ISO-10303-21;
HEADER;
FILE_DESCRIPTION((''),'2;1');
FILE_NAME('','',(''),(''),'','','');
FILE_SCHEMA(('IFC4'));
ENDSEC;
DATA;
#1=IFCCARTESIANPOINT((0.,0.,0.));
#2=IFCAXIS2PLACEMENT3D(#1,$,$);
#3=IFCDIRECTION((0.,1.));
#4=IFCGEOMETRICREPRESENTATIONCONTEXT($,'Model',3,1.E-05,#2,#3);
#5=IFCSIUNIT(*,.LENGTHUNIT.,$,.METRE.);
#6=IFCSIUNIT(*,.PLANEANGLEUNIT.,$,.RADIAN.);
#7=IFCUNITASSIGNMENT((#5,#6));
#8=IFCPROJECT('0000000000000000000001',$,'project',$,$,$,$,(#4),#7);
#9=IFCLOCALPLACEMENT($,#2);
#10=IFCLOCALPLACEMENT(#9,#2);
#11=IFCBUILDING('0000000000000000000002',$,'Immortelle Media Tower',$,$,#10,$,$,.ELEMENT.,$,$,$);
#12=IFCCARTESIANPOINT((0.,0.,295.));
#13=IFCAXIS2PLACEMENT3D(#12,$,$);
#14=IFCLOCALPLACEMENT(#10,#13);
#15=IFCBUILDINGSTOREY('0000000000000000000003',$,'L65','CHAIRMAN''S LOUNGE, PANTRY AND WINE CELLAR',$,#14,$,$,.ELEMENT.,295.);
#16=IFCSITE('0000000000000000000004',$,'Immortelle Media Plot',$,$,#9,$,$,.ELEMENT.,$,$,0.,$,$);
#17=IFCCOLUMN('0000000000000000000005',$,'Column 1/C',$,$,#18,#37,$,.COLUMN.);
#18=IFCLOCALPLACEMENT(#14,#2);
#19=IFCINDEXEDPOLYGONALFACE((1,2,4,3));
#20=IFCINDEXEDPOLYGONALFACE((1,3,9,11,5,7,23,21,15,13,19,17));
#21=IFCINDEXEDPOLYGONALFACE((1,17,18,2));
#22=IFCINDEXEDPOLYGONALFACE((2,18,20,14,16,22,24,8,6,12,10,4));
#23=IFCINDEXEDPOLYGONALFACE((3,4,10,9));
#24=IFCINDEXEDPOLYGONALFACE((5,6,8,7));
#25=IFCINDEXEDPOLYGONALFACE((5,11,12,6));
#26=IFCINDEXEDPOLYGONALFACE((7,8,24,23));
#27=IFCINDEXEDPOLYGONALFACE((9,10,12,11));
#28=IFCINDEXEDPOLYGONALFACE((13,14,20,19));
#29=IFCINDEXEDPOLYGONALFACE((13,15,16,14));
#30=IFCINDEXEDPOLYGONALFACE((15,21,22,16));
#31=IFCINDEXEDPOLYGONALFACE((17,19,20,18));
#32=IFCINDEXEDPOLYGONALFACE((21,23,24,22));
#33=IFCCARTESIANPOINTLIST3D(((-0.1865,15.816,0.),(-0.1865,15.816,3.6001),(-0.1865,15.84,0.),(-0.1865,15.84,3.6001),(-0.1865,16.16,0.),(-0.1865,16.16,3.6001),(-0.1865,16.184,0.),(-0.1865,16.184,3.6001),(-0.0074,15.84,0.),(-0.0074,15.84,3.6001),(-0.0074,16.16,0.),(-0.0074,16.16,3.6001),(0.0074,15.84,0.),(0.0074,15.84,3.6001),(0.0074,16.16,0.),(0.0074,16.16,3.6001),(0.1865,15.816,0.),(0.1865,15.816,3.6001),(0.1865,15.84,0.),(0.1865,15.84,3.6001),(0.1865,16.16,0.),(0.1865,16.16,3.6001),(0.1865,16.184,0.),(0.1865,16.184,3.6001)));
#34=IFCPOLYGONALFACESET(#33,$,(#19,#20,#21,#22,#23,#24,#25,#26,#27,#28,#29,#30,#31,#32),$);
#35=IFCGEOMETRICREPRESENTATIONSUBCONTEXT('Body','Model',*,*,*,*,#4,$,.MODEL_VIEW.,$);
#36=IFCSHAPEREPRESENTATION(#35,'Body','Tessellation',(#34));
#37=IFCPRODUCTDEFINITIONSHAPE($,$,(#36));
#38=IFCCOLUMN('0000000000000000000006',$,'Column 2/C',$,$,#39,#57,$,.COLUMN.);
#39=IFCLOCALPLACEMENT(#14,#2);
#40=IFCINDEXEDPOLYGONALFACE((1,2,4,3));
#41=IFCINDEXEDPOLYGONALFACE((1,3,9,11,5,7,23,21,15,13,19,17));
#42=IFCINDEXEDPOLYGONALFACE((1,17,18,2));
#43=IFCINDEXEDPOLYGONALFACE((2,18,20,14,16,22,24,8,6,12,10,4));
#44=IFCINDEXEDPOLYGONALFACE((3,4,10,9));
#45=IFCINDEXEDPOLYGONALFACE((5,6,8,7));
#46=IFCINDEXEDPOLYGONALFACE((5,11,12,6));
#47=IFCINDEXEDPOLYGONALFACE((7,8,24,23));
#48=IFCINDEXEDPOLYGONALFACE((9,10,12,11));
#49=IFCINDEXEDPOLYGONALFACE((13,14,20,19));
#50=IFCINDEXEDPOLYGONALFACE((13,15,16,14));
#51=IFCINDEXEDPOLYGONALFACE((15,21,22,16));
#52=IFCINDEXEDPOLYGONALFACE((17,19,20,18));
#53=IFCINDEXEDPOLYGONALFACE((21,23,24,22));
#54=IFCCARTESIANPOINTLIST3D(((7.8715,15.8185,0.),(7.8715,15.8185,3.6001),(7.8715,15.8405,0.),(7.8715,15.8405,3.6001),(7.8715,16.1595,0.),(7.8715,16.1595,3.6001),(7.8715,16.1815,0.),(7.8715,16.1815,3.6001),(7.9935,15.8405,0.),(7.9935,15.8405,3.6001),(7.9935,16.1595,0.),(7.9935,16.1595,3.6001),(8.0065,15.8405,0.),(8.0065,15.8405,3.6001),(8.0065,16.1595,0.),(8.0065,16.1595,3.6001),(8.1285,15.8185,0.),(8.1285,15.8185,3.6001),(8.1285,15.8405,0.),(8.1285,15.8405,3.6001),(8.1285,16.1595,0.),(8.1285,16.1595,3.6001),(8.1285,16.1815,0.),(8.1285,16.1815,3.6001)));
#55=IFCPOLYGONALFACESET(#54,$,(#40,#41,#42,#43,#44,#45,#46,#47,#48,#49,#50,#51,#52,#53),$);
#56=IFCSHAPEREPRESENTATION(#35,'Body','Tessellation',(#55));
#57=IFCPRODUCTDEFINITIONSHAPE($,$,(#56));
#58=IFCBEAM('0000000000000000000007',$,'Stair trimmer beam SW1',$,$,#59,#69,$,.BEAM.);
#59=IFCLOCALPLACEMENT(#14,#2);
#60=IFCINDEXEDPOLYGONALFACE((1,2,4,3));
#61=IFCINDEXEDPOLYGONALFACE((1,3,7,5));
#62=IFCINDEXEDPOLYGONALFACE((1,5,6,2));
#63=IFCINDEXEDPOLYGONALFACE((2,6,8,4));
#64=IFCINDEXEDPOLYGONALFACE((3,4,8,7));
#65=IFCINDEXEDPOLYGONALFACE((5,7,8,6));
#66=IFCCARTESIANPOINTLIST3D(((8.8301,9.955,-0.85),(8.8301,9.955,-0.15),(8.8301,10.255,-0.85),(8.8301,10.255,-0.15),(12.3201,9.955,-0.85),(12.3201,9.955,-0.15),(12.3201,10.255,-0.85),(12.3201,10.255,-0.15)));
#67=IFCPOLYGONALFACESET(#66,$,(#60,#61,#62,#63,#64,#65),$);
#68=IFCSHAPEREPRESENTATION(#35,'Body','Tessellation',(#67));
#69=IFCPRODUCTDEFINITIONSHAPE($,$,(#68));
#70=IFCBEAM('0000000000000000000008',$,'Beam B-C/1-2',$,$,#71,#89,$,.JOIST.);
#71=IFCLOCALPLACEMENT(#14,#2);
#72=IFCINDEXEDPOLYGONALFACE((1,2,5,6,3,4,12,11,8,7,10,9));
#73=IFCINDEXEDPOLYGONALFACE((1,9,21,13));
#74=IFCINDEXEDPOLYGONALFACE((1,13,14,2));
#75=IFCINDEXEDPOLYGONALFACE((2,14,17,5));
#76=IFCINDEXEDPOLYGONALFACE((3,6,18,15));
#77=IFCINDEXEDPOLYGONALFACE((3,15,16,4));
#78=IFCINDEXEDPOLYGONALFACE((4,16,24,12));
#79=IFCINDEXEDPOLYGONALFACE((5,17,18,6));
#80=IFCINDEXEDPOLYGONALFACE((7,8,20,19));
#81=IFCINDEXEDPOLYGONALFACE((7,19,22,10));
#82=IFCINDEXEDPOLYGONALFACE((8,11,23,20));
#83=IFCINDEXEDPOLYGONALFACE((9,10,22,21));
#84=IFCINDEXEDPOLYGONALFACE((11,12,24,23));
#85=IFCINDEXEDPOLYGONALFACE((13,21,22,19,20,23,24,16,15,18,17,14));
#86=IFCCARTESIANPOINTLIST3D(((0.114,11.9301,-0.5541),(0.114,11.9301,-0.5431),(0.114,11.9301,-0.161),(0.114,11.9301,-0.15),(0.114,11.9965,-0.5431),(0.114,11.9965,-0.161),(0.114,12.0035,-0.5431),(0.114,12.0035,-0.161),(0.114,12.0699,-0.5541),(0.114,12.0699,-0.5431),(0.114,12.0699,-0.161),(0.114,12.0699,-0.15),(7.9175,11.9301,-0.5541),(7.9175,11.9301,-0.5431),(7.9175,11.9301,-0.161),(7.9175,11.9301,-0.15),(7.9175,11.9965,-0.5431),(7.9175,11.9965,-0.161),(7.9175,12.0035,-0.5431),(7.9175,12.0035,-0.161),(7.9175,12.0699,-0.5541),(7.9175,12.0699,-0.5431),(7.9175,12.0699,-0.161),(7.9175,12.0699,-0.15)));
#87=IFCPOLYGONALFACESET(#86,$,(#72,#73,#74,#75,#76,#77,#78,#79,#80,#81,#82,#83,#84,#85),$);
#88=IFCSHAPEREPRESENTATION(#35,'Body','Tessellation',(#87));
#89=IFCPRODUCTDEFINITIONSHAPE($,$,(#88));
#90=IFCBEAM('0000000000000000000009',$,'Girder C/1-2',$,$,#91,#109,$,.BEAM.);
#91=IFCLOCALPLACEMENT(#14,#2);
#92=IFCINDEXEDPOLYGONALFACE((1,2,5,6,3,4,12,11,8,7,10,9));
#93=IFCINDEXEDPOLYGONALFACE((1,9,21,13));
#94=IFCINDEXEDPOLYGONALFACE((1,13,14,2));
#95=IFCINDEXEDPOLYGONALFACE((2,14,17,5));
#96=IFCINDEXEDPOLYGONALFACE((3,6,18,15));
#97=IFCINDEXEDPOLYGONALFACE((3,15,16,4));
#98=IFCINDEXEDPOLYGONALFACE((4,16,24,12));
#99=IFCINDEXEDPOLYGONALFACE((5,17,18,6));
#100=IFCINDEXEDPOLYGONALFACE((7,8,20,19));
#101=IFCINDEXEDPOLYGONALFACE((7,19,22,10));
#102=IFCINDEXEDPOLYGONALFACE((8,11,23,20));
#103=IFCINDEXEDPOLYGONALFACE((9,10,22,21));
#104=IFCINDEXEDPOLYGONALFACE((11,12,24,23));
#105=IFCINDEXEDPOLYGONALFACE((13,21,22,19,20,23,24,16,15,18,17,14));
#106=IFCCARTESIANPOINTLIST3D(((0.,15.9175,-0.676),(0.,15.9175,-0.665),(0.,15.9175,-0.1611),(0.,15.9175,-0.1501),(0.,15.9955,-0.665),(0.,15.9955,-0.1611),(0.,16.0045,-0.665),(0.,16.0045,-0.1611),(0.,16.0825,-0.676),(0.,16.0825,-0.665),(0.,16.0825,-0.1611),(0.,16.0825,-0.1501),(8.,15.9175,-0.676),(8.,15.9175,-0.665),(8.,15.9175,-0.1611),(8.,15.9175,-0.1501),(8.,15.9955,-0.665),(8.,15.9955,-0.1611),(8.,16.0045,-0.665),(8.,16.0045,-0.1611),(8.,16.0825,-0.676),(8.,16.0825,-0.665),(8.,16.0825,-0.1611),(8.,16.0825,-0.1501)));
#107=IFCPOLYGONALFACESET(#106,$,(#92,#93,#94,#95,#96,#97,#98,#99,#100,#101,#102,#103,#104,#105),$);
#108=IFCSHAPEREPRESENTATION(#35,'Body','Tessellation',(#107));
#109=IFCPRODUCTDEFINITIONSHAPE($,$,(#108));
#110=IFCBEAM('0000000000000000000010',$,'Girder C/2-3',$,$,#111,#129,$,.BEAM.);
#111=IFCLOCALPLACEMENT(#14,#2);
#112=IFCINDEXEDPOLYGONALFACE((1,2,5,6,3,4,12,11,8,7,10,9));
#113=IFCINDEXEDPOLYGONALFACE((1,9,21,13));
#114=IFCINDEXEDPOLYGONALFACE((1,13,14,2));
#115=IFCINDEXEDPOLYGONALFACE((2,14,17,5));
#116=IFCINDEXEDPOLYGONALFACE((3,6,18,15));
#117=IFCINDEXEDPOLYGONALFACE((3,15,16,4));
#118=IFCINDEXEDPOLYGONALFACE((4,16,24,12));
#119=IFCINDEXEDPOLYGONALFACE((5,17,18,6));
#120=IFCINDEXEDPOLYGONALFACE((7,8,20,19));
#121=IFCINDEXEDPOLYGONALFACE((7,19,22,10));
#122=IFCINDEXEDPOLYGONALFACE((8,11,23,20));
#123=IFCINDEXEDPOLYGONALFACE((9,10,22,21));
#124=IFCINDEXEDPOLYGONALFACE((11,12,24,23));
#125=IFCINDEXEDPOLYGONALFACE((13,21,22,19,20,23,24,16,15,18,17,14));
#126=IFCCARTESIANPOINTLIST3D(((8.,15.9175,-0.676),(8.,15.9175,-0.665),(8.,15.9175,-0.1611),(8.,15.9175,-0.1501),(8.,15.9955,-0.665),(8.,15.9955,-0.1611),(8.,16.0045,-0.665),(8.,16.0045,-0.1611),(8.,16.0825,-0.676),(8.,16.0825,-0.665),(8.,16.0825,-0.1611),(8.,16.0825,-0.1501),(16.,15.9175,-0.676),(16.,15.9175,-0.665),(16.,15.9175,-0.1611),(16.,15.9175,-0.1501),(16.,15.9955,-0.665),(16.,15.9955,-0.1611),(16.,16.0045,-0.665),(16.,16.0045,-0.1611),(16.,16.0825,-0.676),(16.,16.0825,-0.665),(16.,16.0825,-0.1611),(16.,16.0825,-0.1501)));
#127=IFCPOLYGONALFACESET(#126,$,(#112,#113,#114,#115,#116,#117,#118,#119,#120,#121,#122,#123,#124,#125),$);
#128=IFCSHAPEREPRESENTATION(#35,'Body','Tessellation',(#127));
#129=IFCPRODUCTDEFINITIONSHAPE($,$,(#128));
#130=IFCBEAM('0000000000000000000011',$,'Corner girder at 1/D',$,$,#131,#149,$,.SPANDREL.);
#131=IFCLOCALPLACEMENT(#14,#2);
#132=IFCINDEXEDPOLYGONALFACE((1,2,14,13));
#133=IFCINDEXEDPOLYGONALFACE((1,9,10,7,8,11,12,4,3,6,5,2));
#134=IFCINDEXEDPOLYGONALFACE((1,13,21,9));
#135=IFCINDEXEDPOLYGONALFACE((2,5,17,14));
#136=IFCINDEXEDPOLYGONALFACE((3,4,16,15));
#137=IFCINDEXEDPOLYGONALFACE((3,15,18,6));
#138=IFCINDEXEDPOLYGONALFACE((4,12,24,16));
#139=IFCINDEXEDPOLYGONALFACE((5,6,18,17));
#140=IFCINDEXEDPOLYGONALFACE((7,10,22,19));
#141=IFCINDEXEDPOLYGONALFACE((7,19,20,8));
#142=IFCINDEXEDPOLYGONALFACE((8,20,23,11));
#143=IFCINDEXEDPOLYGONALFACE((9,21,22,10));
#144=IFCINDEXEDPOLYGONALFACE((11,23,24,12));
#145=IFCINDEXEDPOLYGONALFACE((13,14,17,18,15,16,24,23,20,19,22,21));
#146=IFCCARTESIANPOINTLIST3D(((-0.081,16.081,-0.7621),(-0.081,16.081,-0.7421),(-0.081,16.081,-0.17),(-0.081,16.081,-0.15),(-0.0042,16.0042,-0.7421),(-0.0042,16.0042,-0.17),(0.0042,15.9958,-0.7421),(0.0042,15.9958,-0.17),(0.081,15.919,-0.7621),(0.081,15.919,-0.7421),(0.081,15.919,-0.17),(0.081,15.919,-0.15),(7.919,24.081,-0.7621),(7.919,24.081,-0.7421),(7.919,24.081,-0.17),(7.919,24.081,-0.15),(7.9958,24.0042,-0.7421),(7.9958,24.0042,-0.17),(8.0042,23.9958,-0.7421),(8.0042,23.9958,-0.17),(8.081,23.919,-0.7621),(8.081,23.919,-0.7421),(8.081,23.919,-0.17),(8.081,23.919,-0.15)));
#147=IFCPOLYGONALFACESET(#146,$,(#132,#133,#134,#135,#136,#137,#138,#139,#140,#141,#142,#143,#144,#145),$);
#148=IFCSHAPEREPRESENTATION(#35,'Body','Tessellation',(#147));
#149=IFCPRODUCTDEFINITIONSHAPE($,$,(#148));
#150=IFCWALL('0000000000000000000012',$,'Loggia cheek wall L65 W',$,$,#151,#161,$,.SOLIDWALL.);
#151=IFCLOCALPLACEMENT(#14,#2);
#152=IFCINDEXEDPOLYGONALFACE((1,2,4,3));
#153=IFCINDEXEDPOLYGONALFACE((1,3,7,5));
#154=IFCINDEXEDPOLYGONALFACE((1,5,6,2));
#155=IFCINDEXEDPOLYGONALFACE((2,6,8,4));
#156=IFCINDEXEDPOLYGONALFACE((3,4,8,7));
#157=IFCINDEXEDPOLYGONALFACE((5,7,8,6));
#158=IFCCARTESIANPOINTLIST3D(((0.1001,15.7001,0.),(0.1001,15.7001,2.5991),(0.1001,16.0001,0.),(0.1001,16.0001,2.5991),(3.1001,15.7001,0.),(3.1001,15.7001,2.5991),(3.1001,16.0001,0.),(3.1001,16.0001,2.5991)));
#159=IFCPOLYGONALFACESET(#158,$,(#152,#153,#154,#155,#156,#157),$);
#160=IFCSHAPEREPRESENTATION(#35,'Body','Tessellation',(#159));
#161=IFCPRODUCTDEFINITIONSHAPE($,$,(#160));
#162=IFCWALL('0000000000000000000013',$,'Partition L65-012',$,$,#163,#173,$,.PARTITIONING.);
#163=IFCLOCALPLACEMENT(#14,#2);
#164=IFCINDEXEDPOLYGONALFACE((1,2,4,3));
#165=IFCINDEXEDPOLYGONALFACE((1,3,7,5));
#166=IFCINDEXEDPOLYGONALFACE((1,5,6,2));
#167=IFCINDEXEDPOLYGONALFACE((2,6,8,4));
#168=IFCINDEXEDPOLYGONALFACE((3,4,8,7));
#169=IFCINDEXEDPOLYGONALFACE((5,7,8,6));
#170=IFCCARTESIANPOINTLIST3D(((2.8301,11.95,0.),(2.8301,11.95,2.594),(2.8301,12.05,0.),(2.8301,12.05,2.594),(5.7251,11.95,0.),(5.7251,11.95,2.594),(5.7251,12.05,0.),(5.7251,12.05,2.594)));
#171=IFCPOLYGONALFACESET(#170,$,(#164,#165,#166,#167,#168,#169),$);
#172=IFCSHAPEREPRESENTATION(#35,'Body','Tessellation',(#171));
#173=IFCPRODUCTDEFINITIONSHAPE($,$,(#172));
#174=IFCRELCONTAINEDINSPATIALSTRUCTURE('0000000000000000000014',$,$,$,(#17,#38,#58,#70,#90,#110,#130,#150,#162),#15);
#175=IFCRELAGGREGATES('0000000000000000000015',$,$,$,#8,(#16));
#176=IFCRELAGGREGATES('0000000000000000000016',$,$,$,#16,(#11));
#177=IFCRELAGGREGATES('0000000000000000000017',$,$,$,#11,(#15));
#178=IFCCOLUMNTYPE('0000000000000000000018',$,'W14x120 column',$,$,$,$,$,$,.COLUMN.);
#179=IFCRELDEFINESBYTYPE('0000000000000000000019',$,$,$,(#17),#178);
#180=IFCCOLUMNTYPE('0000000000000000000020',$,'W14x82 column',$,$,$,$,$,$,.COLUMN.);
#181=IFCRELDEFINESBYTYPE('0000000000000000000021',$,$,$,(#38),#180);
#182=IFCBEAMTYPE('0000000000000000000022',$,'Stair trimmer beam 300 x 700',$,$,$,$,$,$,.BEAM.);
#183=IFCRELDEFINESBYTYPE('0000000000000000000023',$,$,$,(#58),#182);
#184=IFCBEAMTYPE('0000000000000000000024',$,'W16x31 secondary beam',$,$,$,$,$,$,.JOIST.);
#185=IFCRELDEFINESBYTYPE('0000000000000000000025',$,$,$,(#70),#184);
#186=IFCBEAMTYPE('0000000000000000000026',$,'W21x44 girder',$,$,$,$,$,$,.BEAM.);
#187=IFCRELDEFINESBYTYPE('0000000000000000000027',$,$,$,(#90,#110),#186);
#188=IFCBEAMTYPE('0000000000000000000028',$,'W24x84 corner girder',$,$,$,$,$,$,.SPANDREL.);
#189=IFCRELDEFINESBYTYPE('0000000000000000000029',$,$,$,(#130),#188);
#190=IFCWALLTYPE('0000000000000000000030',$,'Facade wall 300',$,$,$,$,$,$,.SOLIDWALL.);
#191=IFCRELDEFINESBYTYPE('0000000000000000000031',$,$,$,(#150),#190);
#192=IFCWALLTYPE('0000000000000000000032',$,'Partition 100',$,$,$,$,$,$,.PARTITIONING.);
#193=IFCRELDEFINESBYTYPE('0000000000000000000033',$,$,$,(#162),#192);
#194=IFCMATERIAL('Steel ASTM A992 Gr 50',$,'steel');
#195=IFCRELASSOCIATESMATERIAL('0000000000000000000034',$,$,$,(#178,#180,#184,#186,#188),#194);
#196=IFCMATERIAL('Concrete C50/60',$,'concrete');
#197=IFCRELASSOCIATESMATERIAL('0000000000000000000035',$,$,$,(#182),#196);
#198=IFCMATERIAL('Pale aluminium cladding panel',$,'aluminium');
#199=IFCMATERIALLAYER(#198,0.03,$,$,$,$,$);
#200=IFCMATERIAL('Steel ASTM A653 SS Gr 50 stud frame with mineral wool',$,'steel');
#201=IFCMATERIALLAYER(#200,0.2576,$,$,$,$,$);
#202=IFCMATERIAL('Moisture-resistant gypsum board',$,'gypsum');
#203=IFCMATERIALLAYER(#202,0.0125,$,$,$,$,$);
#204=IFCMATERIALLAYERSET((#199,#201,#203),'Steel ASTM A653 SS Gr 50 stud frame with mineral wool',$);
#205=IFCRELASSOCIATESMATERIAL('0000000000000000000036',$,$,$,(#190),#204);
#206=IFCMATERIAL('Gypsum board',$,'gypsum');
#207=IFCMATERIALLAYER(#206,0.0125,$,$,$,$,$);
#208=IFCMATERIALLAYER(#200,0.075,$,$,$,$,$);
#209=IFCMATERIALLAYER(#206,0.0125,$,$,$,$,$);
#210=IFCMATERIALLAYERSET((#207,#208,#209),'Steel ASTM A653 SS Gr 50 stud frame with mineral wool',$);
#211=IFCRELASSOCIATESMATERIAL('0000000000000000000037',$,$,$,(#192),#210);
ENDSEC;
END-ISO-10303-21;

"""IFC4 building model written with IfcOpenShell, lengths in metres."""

from ifc_helpers import new_model, si_unit, direction, frame, frame_2d, origin, origin_2d, place, context, subcontext, project, spatial, rectangle, i_section, extrude, material, layer, layer_set, material_profile, profile_set, type_object, element, save


model = new_model("IFC4")

# Units and contexts
model_context = context("Model", 3, precision=1e-05, world=origin(), true_north=direction((0.0, 1.0)))
body_context = subcontext(model_context, "Body", "Model", "MODEL_VIEW")
ifc_project = project(units=[si_unit("LENGTHUNIT", "METRE"), si_unit("PLANEANGLEUNIT", "RADIAN")], contexts=[model_context])

# Site, building, storey
site_placement = place(None, origin())
site = spatial("IfcSite", under=ifc_project, at=site_placement, Name="Immortelle Media Plot", CompositionType="ELEMENT", RefElevation=0.0)
building_placement = place(site_placement, origin())
building = spatial("IfcBuilding", under=site, at=building_placement, Name="Immortelle Media Tower", CompositionType="ELEMENT")
storey_placement = place(building_placement, frame((0.0, 0.0, 295.0)))
storey = spatial("IfcBuildingStorey", under=building, at=storey_placement, Name="L65", Description="CHAIRMAN'S LOUNGE, PANTRY AND WINE CELLAR", CompositionType="ELEMENT", Elevation=295.0)

# Columns
ifc_material_1 = material(Name="Steel ASTM A992 Gr 50", Category="steel")
ifc_material_profile_1 = material_profile(ifc_material_1, i_section(OverallWidth=0.373, OverallDepth=0.3679, WebThickness=0.0149, FlangeThickness=0.0239, at=origin_2d()), Name="W14x120")
ifc_profile_set_1 = profile_set([ifc_material_profile_1], Name="Steel ASTM A992 Gr 50")
column_type_1 = type_object("IfcColumnType", Name="W14x120 column", PredefinedType="COLUMN", material=ifc_profile_set_1)
column_1_placement = place(storey_placement, frame((0.0, 16.0, 0.0), z_axis=(0.0, 0.0, 1.0), x_axis=(1.0, 0.0, 0.0)))
element("IfcColumn", 1, at=column_1_placement, inside=storey, type_object=column_type_1, Name="Column 1/C", PredefinedType="COLUMN", context=body_context, shape_type="SweptSolid", body=[
    extrude(i_section(OverallWidth=0.373, OverallDepth=0.3679, WebThickness=0.0149, FlangeThickness=0.0239, at=origin_2d()), origin(), (0.0, 0.0, 1.0), 3.6001),
])
ifc_material_profile_2 = material_profile(ifc_material_1, i_section(OverallWidth=0.2571, OverallDepth=0.363, WebThickness=0.0129, FlangeThickness=0.022, at=origin_2d()), Name="W14x82")
ifc_profile_set_2 = profile_set([ifc_material_profile_2], Name="Steel ASTM A992 Gr 50")
column_type_2 = type_object("IfcColumnType", Name="W14x82 column", PredefinedType="COLUMN", material=ifc_profile_set_2)
column_2_placement = place(storey_placement, frame((8.0, 16.0, 0.0), z_axis=(0.0, 0.0, 1.0), x_axis=(1.0, 0.0, 0.0)))
element("IfcColumn", 2, at=column_2_placement, inside=storey, type_object=column_type_2, Name="Column 2/C", PredefinedType="COLUMN", context=body_context, shape_type="SweptSolid", body=[
    extrude(i_section(OverallWidth=0.2571, OverallDepth=0.363, WebThickness=0.0129, FlangeThickness=0.022, at=origin_2d()), origin(), (0.0, 0.0, 1.0), 3.6001),
])

# Beams
ifc_material_2 = material(Name="Concrete C50/60", Category="concrete")
ifc_material_profile_3 = material_profile(ifc_material_2, rectangle(XDim=0.3, YDim=0.7, at=origin_2d()), Name="RC 300x700")
ifc_profile_set_3 = profile_set([ifc_material_profile_3], Name="Concrete C50/60")
beam_type_1 = type_object("IfcBeamType", Name="Stair trimmer beam 300 x 700", PredefinedType="BEAM", material=ifc_profile_set_3)
beam_1_placement = place(storey_placement, frame((8.8301, 10.105, -0.5), z_axis=(1.0, 0.0, 0.0), x_axis=(0.0, 1.0, 0.0)))
element("IfcBeam", 3, at=beam_1_placement, inside=storey, type_object=beam_type_1, Name="Stair trimmer beam SW1", PredefinedType="BEAM", context=body_context, shape_type="SweptSolid", body=[
    extrude(rectangle(XDim=0.3, YDim=0.7, at=origin_2d()), origin(), (0.0, 0.0, 1.0), 3.49),
])
ifc_material_profile_4 = material_profile(ifc_material_1, i_section(OverallWidth=0.1399, OverallDepth=0.4041, WebThickness=0.0071, FlangeThickness=0.011, at=origin_2d()), Name="W16x31")
ifc_profile_set_4 = profile_set([ifc_material_profile_4], Name="Steel ASTM A992 Gr 50")
beam_type_2 = type_object("IfcBeamType", Name="W16x31 secondary beam", PredefinedType="JOIST", material=ifc_profile_set_4)
beam_2_placement = place(storey_placement, frame((0.114, 12.0, -0.3521), z_axis=(1.0, 0.0, 0.0), x_axis=(0.0, 1.0, 0.0)))
element("IfcBeam", 4, at=beam_2_placement, inside=storey, type_object=beam_type_2, Name="Beam B-C/1-2", PredefinedType="JOIST", context=body_context, shape_type="SweptSolid", body=[
    extrude(i_section(OverallWidth=0.1399, OverallDepth=0.4041, WebThickness=0.0071, FlangeThickness=0.011, at=origin_2d()), origin(), (0.0, 0.0, 1.0), 7.8035),
])
ifc_material_profile_5 = material_profile(ifc_material_1, i_section(OverallWidth=0.165, OverallDepth=0.5259, WebThickness=0.009, FlangeThickness=0.011, at=origin_2d()), Name="W21x44")
ifc_profile_set_5 = profile_set([ifc_material_profile_5], Name="Steel ASTM A992 Gr 50")
beam_type_3 = type_object("IfcBeamType", Name="W21x44 girder", PredefinedType="BEAM", material=ifc_profile_set_5)
for number, where, z_axis, x_axis, name in (
    (5, (0.0, 16.0, -0.4131), (1.0, 0.0, 0.0), (0.0, 1.0, 0.0), "Girder C/1-2"),
    (6, (8.0, 16.0, -0.4131), (1.0, 0.0, 0.0), (0.0, 1.0, 0.0), "Girder C/2-3"),
):
    element("IfcBeam", number, at=place(storey_placement, frame(where, z_axis=z_axis, x_axis=x_axis)), inside=storey, type_object=beam_type_3, Name=name, PredefinedType="BEAM", context=body_context, shape_type="SweptSolid", body=[
        extrude(i_section(OverallWidth=0.165, OverallDepth=0.5259, WebThickness=0.009, FlangeThickness=0.011, at=origin_2d()), origin(), (0.0, 0.0, 1.0), 8.0),
    ])
ifc_material_profile_6 = material_profile(ifc_material_1, i_section(OverallWidth=0.229, OverallDepth=0.6121, WebThickness=0.012, FlangeThickness=0.02, at=origin_2d()), Name="W24x84")
ifc_profile_set_6 = profile_set([ifc_material_profile_6], Name="Steel ASTM A992 Gr 50")
beam_type_4 = type_object("IfcBeamType", Name="W24x84 corner girder", PredefinedType="SPANDREL", material=ifc_profile_set_6)
beam_3_placement = place(storey_placement, frame((0.0, 16.0, -0.4561), z_axis=(0.707107, 0.707107, 0.0), x_axis=(-0.707107, 0.707107, 0.0)))
element("IfcBeam", 7, at=beam_3_placement, inside=storey, type_object=beam_type_4, Name="Corner girder at 1/D", PredefinedType="SPANDREL", context=body_context, shape_type="SweptSolid", body=[
    extrude(i_section(OverallWidth=0.229, OverallDepth=0.6121, WebThickness=0.012, FlangeThickness=0.02, at=origin_2d()), origin(), (0.0, 0.0, 1.0), 11.3137),
])

# Shared definitions
ifc_material_3 = material(Name="Pale aluminium cladding panel", Category="aluminium")
ifc_layer_1 = layer(ifc_material_3, 0.03)
ifc_material_4 = material(Name="Steel ASTM A653 SS Gr 50 stud frame with mineral wool", Category="steel")
ifc_layer_2 = layer(ifc_material_4, 0.2576)
ifc_material_5 = material(Name="Moisture-resistant gypsum board", Category="gypsum")
ifc_layer_3 = layer(ifc_material_5, 0.0125)
ifc_layer_set_1 = layer_set([ifc_layer_1, ifc_layer_2, ifc_layer_3], Name="Steel ASTM A653 SS Gr 50 stud frame with mineral wool")
wall_type_1 = type_object("IfcWallType", Name="Facade wall 300", PredefinedType="SOLIDWALL", material=ifc_layer_set_1)

# Walls
wall_1_placement = place(storey_placement, frame((0.1001, 15.8501, 0.0), z_axis=(0.0, 0.0, 1.0), x_axis=(1.0, 0.0, 0.0)))
element("IfcWall", 8, at=wall_1_placement, inside=storey, type_object=wall_type_1, Name="Loggia cheek wall L65 W", PredefinedType="SOLIDWALL", context=body_context, shape_type="SweptSolid", body=[
    extrude(rectangle(XDim=3.0, YDim=0.3, at=frame_2d((1.5, 0.0))), origin(), (0.0, 0.0, 1.0), 2.5991),
])
ifc_material_6 = material(Name="Gypsum board", Category="gypsum")
ifc_layer_4 = layer(ifc_material_6, 0.0125)
ifc_layer_5 = layer(ifc_material_4, 0.075)
ifc_layer_6 = layer(ifc_material_6, 0.0125)
ifc_layer_set_2 = layer_set([ifc_layer_4, ifc_layer_5, ifc_layer_6], Name="Steel ASTM A653 SS Gr 50 stud frame with mineral wool")
wall_type_2 = type_object("IfcWallType", Name="Partition 100", PredefinedType="PARTITIONING", material=ifc_layer_set_2)
wall_2_placement = place(storey_placement, frame((2.8301, 12.0, 0.0), z_axis=(0.0, 0.0, 1.0), x_axis=(1.0, 0.0, 0.0)))
element("IfcWall", 9, at=wall_2_placement, inside=storey, type_object=wall_type_2, Name="Partition L65-012", PredefinedType="PARTITIONING", context=body_context, shape_type="SweptSolid", body=[
    extrude(rectangle(XDim=2.895, YDim=0.1001, at=frame_2d((1.4475, 0.0))), origin(), (0.0, 0.0, 1.0), 2.594),
])

save(model, "model.ifc")
